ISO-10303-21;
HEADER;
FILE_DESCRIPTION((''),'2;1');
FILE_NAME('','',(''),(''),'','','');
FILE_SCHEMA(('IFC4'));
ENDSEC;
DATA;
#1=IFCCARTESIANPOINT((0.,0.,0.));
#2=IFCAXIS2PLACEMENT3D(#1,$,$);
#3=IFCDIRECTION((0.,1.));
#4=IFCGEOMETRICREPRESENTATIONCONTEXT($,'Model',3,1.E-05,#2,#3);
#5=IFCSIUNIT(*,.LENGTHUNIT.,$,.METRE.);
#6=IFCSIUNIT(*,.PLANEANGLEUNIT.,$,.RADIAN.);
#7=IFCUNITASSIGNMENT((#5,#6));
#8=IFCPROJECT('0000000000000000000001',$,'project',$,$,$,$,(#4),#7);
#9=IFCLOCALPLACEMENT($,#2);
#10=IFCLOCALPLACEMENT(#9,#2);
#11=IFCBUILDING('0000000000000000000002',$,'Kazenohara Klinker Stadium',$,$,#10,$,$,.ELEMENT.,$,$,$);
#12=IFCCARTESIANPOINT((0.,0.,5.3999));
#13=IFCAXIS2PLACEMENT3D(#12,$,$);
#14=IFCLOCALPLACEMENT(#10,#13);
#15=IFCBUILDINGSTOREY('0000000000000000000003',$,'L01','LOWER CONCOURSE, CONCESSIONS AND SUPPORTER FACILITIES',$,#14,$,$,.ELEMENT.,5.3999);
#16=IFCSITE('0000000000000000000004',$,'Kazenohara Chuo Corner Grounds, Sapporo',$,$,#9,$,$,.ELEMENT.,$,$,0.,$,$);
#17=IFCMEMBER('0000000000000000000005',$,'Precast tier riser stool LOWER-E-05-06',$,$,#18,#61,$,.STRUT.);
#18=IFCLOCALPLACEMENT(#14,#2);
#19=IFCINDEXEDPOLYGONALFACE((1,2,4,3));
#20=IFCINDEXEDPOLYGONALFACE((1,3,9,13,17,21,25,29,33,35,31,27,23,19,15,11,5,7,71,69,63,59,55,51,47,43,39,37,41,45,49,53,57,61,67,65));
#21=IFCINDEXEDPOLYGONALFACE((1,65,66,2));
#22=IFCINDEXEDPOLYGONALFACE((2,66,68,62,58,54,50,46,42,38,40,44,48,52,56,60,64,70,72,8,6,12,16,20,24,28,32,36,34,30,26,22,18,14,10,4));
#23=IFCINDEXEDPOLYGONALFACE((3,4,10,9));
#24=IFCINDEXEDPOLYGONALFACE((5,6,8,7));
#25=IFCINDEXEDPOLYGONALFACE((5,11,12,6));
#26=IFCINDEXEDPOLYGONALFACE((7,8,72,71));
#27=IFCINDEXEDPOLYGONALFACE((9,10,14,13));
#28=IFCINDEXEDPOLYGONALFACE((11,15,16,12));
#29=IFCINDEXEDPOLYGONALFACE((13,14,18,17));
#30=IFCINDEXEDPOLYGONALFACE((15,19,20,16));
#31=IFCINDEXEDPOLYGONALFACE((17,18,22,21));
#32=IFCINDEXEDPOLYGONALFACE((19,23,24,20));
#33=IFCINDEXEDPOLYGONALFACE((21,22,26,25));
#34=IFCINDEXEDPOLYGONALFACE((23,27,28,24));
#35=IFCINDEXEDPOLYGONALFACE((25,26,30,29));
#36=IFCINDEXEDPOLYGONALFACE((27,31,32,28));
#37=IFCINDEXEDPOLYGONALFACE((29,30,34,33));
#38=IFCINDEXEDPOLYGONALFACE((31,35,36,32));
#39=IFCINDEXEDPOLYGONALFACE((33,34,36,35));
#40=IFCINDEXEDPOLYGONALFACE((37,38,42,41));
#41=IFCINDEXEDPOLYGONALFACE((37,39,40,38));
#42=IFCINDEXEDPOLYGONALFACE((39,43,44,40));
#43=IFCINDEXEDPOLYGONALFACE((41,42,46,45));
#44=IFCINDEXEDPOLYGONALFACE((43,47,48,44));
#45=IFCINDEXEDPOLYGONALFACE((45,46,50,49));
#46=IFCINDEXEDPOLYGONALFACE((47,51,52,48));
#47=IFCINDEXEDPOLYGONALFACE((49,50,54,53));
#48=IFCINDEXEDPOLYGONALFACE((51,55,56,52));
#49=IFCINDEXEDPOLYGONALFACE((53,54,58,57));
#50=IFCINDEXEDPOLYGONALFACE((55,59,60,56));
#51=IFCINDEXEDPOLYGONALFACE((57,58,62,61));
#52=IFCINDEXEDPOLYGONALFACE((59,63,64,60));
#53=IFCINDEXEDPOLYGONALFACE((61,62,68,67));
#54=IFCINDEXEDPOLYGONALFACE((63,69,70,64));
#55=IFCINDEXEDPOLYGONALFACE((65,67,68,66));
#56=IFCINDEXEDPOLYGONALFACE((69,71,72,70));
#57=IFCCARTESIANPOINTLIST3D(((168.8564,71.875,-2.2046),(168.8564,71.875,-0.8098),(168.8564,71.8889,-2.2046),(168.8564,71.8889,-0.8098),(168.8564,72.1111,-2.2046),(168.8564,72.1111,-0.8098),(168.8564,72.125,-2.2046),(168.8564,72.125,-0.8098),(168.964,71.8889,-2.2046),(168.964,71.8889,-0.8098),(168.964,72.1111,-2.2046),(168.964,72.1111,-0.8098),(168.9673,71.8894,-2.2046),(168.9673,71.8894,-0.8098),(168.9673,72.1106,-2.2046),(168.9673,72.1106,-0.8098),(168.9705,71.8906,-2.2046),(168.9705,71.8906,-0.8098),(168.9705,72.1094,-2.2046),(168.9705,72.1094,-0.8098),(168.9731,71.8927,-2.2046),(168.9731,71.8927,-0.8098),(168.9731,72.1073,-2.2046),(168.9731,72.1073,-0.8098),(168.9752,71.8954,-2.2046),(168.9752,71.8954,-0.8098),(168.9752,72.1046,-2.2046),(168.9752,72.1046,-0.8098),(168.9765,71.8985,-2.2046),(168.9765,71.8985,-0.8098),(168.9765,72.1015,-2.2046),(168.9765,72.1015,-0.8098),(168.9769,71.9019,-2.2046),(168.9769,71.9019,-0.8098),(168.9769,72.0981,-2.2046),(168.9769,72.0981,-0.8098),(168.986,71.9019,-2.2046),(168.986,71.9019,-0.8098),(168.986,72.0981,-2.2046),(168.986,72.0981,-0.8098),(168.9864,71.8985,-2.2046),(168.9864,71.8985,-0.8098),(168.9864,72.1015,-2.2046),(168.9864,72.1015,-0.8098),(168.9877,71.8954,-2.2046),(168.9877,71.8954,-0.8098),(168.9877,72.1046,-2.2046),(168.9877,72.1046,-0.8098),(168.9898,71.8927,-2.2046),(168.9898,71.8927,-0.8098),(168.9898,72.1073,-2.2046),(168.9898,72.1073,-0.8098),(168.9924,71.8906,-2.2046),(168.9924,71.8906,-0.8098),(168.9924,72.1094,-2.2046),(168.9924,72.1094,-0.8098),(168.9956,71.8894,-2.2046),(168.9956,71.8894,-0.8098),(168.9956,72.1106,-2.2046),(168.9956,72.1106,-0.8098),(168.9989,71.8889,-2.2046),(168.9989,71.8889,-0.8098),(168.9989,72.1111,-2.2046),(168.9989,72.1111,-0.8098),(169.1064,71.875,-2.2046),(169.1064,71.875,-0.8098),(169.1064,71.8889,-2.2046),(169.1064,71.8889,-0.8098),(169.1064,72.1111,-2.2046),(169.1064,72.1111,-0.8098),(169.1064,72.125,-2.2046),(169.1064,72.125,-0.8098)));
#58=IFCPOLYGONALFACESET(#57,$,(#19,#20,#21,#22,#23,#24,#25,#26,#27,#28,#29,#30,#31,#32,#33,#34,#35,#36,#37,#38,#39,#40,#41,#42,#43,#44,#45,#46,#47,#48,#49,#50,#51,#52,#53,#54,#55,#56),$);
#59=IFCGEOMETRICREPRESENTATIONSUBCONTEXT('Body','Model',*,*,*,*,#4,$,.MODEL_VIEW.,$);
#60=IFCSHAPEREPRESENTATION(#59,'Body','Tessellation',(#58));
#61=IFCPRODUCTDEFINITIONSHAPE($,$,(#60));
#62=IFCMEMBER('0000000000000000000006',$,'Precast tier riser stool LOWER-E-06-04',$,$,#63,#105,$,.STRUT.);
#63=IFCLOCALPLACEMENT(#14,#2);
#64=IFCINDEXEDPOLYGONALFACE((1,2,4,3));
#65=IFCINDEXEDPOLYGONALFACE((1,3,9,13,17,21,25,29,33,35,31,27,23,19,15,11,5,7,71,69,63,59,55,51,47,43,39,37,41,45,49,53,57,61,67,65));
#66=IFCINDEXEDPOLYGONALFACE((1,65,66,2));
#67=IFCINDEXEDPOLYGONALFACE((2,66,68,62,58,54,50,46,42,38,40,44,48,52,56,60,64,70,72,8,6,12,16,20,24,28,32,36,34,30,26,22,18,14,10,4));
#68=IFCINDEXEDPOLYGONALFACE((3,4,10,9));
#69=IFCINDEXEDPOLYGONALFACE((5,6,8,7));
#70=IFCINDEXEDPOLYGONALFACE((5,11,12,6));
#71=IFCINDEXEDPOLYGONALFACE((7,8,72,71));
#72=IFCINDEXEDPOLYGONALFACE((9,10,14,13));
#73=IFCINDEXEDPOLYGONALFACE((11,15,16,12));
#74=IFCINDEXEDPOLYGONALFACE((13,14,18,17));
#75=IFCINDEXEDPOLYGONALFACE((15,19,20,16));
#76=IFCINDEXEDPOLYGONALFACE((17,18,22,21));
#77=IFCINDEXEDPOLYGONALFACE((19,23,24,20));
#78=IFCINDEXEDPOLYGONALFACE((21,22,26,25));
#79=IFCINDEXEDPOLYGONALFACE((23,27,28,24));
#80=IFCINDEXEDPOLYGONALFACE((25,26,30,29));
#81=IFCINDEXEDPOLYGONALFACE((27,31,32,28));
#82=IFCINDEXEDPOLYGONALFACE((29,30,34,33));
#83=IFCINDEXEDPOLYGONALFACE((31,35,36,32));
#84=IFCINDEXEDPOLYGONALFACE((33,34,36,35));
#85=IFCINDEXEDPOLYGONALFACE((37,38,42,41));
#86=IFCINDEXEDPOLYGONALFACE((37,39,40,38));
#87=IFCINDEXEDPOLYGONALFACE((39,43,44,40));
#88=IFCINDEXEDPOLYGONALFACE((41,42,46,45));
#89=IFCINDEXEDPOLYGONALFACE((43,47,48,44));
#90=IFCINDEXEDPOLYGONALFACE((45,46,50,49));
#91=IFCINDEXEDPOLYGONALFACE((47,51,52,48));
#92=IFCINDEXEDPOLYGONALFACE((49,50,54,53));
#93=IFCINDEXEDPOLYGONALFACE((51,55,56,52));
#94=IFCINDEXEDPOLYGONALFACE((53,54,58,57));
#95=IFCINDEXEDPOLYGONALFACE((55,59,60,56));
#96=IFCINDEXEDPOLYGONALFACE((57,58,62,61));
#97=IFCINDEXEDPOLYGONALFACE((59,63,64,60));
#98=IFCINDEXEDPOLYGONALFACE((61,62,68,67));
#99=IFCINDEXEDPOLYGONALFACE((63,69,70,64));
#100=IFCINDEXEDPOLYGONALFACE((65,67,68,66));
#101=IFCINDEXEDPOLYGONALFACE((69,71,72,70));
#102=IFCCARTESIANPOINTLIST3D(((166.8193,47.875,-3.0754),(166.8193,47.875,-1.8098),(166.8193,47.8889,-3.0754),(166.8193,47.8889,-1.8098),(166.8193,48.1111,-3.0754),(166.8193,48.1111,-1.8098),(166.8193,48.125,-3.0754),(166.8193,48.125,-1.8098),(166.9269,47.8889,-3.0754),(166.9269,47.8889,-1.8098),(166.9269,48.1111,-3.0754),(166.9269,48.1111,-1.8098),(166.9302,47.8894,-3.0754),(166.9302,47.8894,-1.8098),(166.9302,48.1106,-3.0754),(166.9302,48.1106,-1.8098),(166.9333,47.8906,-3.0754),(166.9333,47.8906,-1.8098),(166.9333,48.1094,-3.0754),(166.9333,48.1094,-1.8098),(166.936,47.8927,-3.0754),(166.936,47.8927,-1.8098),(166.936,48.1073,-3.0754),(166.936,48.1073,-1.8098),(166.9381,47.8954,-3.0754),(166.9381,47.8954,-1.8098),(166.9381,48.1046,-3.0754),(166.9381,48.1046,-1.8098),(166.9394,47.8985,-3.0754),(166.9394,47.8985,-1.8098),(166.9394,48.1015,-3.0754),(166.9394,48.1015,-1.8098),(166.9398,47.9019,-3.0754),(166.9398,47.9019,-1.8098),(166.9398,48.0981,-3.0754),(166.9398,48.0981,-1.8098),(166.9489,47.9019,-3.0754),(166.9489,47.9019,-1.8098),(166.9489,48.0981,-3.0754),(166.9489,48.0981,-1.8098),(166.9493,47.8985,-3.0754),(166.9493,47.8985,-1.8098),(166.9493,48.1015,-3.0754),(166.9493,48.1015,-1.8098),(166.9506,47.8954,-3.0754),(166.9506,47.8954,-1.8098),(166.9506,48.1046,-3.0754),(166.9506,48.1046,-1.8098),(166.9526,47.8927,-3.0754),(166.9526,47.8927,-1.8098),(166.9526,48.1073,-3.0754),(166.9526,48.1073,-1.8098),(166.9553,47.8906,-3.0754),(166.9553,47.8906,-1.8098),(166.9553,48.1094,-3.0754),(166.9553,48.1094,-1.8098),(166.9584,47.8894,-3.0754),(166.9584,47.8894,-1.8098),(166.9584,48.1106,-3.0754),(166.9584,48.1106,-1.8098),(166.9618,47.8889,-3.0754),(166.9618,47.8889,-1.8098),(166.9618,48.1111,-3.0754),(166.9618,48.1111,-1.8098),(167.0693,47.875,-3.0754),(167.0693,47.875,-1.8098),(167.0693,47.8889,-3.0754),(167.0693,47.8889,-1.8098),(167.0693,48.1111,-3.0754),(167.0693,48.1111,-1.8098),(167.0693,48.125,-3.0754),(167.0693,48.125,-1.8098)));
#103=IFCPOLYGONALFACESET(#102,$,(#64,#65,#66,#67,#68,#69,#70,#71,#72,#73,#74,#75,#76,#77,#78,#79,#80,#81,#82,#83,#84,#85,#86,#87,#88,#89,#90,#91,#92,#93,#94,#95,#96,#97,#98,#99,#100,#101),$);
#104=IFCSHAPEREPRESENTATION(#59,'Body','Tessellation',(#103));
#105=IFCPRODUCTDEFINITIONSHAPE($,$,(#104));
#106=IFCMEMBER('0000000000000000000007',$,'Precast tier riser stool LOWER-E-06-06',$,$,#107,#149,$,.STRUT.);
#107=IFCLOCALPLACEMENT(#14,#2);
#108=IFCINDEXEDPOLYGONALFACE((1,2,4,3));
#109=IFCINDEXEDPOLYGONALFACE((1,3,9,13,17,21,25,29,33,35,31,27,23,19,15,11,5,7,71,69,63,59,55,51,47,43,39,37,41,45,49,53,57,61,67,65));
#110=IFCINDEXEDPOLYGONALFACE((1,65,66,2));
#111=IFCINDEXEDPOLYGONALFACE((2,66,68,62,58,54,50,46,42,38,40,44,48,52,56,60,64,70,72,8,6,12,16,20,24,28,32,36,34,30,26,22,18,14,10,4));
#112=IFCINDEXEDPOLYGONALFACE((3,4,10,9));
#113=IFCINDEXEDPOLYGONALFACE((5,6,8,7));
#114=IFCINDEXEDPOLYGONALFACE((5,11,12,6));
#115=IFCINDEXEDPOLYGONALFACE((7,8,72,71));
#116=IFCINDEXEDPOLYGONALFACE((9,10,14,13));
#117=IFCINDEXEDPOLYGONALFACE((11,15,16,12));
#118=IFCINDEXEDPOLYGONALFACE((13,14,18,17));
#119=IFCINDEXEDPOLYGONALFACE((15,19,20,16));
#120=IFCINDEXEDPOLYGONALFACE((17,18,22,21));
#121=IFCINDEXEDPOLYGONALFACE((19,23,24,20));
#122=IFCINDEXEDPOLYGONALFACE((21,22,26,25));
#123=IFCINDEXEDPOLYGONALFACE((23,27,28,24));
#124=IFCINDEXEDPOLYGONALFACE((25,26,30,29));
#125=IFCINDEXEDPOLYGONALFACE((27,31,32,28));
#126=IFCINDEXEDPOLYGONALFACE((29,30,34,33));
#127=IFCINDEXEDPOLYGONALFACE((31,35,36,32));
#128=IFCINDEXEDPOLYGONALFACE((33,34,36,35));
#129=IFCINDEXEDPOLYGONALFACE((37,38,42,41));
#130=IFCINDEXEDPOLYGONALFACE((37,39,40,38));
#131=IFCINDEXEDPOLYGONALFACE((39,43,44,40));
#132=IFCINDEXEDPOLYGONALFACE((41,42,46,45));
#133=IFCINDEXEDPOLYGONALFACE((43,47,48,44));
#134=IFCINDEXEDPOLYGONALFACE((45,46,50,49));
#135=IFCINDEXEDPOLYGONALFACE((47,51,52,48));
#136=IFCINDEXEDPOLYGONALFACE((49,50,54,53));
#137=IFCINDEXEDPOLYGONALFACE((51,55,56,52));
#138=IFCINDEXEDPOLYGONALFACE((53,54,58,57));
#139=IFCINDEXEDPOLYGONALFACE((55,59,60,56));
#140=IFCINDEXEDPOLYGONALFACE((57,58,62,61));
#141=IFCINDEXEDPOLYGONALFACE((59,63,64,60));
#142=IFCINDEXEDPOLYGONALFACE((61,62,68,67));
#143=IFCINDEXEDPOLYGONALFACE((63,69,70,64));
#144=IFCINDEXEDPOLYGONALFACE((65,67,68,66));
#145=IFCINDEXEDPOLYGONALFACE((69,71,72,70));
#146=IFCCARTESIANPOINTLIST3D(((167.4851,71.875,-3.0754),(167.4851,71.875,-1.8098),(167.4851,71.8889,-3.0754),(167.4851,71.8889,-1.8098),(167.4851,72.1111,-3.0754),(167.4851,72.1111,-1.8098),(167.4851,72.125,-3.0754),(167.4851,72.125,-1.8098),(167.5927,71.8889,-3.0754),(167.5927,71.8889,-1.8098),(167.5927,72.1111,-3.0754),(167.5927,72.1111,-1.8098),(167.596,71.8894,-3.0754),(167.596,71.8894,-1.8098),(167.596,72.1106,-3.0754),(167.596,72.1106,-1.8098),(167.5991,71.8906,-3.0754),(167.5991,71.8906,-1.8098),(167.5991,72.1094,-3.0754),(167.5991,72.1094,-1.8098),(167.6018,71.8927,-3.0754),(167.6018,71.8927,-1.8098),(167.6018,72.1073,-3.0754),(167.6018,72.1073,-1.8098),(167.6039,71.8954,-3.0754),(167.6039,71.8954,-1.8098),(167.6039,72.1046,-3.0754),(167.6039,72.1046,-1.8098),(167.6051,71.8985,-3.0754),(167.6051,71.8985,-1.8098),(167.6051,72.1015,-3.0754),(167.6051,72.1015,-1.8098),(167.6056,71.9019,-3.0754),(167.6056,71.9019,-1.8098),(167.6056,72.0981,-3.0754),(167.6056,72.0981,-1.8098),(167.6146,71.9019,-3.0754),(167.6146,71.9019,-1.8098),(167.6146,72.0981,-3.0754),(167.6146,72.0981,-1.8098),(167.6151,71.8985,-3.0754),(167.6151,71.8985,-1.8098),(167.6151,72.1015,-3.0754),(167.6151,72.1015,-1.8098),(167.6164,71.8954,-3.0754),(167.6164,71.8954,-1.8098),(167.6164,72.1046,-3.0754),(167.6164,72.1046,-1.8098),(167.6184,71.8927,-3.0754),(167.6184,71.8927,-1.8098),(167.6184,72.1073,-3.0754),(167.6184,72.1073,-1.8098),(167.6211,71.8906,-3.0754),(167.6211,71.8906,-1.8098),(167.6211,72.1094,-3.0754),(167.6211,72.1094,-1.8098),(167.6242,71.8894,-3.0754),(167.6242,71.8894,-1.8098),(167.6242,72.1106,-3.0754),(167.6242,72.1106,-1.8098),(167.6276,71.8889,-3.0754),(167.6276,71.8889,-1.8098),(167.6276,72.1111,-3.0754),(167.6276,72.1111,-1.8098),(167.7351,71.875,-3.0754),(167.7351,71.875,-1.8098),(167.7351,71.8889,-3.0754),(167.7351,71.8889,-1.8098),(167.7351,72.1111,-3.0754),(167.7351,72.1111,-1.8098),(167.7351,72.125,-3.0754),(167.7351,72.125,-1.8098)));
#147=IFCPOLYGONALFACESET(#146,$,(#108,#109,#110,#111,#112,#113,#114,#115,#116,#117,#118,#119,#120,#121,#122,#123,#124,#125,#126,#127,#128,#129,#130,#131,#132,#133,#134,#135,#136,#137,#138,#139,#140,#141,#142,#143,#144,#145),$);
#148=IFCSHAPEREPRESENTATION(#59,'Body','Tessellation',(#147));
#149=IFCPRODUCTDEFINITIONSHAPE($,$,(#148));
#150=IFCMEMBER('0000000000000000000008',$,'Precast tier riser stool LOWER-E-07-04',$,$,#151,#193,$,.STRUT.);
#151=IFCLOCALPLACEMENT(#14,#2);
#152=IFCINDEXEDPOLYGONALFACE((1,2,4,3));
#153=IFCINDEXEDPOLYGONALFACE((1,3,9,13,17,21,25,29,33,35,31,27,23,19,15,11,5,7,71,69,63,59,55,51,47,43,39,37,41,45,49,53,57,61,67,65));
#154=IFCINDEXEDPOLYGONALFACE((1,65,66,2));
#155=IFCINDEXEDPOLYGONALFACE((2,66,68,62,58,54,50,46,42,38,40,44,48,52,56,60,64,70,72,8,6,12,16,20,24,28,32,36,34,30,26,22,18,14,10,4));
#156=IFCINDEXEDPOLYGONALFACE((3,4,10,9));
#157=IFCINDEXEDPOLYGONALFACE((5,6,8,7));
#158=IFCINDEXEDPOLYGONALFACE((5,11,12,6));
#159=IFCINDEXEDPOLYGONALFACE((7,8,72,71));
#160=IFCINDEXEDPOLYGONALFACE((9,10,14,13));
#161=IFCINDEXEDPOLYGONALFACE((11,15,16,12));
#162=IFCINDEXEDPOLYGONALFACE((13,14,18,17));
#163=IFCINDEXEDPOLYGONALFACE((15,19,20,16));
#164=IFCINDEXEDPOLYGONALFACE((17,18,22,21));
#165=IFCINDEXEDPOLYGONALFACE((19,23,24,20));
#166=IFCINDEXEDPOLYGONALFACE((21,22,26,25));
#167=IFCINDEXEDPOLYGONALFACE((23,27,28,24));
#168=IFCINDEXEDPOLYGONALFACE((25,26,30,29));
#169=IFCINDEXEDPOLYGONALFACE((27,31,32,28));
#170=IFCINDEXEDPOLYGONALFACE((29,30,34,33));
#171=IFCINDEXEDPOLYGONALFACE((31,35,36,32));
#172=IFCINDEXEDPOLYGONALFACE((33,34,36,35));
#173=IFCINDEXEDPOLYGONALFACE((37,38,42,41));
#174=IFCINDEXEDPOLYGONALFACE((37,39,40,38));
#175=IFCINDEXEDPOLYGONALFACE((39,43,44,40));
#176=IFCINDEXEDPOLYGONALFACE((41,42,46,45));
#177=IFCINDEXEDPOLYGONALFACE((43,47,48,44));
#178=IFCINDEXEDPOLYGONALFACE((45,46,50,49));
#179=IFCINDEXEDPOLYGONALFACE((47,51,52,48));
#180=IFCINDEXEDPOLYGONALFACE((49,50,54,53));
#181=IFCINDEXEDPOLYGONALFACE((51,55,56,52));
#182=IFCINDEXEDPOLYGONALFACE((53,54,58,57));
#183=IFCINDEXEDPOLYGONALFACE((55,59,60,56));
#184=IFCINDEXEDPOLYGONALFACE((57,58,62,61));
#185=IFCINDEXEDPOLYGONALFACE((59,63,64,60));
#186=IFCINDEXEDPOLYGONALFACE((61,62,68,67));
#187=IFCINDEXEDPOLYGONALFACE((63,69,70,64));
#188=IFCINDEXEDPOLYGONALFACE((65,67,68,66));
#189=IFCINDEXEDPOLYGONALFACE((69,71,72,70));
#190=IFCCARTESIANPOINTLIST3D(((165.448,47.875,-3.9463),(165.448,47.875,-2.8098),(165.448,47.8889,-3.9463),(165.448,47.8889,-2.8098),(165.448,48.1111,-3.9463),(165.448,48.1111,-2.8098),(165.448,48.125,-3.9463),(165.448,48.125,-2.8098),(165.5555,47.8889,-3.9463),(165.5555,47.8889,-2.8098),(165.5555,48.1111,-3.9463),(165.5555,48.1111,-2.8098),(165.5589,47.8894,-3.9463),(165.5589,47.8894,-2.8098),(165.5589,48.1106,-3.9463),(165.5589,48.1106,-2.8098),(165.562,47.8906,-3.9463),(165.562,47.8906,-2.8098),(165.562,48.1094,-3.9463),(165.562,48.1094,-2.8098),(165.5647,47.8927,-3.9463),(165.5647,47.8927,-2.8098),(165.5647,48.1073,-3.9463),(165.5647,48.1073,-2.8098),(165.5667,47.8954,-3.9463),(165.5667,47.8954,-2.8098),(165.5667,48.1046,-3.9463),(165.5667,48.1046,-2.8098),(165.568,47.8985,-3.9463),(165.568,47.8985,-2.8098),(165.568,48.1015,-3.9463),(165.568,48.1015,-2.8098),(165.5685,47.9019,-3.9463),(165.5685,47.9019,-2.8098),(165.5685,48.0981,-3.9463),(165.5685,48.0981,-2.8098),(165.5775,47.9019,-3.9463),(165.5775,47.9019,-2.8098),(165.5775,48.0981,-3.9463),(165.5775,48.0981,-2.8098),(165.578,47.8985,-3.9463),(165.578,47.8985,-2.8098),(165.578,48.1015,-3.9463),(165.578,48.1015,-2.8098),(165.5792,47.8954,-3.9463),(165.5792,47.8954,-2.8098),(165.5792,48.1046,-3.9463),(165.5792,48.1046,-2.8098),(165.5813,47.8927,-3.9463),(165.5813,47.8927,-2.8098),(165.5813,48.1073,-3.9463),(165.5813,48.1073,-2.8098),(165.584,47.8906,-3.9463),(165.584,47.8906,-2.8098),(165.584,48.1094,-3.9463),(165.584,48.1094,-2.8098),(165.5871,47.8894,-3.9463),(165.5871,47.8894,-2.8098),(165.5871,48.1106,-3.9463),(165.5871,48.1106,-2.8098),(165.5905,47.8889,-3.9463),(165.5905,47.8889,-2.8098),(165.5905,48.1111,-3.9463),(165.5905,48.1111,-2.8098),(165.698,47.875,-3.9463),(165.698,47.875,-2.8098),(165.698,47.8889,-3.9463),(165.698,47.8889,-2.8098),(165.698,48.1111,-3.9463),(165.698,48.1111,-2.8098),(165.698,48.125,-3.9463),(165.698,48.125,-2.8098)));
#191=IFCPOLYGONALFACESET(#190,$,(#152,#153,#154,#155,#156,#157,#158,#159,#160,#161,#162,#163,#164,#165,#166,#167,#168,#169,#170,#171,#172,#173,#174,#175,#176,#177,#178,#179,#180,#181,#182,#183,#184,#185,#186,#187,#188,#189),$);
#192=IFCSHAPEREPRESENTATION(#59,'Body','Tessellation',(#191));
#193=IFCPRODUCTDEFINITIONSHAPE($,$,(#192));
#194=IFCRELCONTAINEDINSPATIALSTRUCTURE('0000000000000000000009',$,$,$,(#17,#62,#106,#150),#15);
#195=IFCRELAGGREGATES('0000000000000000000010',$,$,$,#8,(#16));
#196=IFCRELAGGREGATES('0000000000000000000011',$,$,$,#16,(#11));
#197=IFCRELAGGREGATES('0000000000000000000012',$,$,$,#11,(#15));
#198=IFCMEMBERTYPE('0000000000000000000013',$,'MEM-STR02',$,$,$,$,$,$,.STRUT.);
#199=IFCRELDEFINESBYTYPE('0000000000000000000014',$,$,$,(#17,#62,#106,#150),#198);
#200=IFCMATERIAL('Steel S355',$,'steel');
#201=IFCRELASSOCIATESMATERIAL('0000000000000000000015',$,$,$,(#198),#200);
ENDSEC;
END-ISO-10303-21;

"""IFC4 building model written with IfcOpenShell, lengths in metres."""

from ifc_helpers import new_model, si_unit, direction, frame, origin, origin_2d, place, context, subcontext, project, spatial, i_section, extrude, material, material_profile, profile_set, type_object, element, save


model = new_model("IFC4")

# Units and contexts
model_context = context("Model", 3, precision=1e-05, world=origin(), true_north=direction((0.0, 1.0)))
body_context = subcontext(model_context, "Body", "Model", "MODEL_VIEW")
ifc_project = project(units=[si_unit("LENGTHUNIT", "METRE"), si_unit("PLANEANGLEUNIT", "RADIAN")], contexts=[model_context])

# Site, building, storey
site_placement = place(None, origin())
site = spatial("IfcSite", under=ifc_project, at=site_placement, Name="Kazenohara Chuo Corner Grounds, Sapporo", CompositionType="ELEMENT", RefElevation=0.0)
building_placement = place(site_placement, origin())
building = spatial("IfcBuilding", under=site, at=building_placement, Name="Kazenohara Klinker Stadium", CompositionType="ELEMENT")
storey_placement = place(building_placement, frame((0.0, 0.0, 5.3999)))
storey = spatial("IfcBuildingStorey", under=building, at=storey_placement, Name="L01", Description="LOWER CONCOURSE, CONCESSIONS AND SUPPORTER FACILITIES", CompositionType="ELEMENT", Elevation=5.3999)

# Shared definitions
ifc_material_1 = material(Name="Steel S355", Category="steel")

# Members
ifc_material_profile_1 = material_profile(ifc_material_1, i_section(OverallWidth=0.25, OverallDepth=0.25, WebThickness=0.009, FlangeThickness=0.0139, FilletRadius=0.0129, at=origin_2d()), Name="H-250x250x9x14")
ifc_profile_set_1 = profile_set([ifc_material_profile_1], Name="Steel S355")
member_type = type_object("IfcMemberType", Name="MEM-STR02", PredefinedType="STRUT", material=ifc_profile_set_1)
for number, where, z_axis, x_axis, name in (
    (1, (168.9814, 72.0, -2.2046), (0.0, 0.0, 1.0), (1.0, 0.0, 0.0), "Precast tier riser stool LOWER-E-05-06"),
):
    element("IfcMember", number, at=place(storey_placement, frame(where, z_axis=z_axis, x_axis=x_axis)), inside=storey, type_object=member_type, Name=name, PredefinedType="STRUT", context=body_context, shape_type="SweptSolid", body=[
        extrude(i_section(OverallWidth=0.25, OverallDepth=0.25, WebThickness=0.009, FlangeThickness=0.0139, FilletRadius=0.0129, at=origin_2d()), origin(), (0.0, 0.0, 1.0), 1.3948),
    ])
for number, where, z_axis, x_axis, name in (
    (2, (166.9443, 48.0, -3.0754), (0.0, 0.0, 1.0), (1.0, 0.0, 0.0), "Precast tier riser stool LOWER-E-06-04"),
    (3, (167.6101, 72.0, -3.0754), (0.0, 0.0, 1.0), (1.0, 0.0, 0.0), "Precast tier riser stool LOWER-E-06-06"),
):
    element("IfcMember", number, at=place(storey_placement, frame(where, z_axis=z_axis, x_axis=x_axis)), inside=storey, type_object=member_type, Name=name, PredefinedType="STRUT", context=body_context, shape_type="SweptSolid", body=[
        extrude(i_section(OverallWidth=0.25, OverallDepth=0.25, WebThickness=0.009, FlangeThickness=0.0139, FilletRadius=0.0129, at=origin_2d()), origin(), (0.0, 0.0, 1.0), 1.2656),
    ])
for number, where, z_axis, x_axis, name in (
    (4, (165.573, 48.0, -3.9463), (0.0, 0.0, 1.0), (1.0, 0.0, 0.0), "Precast tier riser stool LOWER-E-07-04"),
):
    element("IfcMember", number, at=place(storey_placement, frame(where, z_axis=z_axis, x_axis=x_axis)), inside=storey, type_object=member_type, Name=name, PredefinedType="STRUT", context=body_context, shape_type="SweptSolid", body=[
        extrude(i_section(OverallWidth=0.25, OverallDepth=0.25, WebThickness=0.009, FlangeThickness=0.0139, FilletRadius=0.0129, at=origin_2d()), origin(), (0.0, 0.0, 1.0), 1.1365),
    ])

save(model, "model.ifc")
